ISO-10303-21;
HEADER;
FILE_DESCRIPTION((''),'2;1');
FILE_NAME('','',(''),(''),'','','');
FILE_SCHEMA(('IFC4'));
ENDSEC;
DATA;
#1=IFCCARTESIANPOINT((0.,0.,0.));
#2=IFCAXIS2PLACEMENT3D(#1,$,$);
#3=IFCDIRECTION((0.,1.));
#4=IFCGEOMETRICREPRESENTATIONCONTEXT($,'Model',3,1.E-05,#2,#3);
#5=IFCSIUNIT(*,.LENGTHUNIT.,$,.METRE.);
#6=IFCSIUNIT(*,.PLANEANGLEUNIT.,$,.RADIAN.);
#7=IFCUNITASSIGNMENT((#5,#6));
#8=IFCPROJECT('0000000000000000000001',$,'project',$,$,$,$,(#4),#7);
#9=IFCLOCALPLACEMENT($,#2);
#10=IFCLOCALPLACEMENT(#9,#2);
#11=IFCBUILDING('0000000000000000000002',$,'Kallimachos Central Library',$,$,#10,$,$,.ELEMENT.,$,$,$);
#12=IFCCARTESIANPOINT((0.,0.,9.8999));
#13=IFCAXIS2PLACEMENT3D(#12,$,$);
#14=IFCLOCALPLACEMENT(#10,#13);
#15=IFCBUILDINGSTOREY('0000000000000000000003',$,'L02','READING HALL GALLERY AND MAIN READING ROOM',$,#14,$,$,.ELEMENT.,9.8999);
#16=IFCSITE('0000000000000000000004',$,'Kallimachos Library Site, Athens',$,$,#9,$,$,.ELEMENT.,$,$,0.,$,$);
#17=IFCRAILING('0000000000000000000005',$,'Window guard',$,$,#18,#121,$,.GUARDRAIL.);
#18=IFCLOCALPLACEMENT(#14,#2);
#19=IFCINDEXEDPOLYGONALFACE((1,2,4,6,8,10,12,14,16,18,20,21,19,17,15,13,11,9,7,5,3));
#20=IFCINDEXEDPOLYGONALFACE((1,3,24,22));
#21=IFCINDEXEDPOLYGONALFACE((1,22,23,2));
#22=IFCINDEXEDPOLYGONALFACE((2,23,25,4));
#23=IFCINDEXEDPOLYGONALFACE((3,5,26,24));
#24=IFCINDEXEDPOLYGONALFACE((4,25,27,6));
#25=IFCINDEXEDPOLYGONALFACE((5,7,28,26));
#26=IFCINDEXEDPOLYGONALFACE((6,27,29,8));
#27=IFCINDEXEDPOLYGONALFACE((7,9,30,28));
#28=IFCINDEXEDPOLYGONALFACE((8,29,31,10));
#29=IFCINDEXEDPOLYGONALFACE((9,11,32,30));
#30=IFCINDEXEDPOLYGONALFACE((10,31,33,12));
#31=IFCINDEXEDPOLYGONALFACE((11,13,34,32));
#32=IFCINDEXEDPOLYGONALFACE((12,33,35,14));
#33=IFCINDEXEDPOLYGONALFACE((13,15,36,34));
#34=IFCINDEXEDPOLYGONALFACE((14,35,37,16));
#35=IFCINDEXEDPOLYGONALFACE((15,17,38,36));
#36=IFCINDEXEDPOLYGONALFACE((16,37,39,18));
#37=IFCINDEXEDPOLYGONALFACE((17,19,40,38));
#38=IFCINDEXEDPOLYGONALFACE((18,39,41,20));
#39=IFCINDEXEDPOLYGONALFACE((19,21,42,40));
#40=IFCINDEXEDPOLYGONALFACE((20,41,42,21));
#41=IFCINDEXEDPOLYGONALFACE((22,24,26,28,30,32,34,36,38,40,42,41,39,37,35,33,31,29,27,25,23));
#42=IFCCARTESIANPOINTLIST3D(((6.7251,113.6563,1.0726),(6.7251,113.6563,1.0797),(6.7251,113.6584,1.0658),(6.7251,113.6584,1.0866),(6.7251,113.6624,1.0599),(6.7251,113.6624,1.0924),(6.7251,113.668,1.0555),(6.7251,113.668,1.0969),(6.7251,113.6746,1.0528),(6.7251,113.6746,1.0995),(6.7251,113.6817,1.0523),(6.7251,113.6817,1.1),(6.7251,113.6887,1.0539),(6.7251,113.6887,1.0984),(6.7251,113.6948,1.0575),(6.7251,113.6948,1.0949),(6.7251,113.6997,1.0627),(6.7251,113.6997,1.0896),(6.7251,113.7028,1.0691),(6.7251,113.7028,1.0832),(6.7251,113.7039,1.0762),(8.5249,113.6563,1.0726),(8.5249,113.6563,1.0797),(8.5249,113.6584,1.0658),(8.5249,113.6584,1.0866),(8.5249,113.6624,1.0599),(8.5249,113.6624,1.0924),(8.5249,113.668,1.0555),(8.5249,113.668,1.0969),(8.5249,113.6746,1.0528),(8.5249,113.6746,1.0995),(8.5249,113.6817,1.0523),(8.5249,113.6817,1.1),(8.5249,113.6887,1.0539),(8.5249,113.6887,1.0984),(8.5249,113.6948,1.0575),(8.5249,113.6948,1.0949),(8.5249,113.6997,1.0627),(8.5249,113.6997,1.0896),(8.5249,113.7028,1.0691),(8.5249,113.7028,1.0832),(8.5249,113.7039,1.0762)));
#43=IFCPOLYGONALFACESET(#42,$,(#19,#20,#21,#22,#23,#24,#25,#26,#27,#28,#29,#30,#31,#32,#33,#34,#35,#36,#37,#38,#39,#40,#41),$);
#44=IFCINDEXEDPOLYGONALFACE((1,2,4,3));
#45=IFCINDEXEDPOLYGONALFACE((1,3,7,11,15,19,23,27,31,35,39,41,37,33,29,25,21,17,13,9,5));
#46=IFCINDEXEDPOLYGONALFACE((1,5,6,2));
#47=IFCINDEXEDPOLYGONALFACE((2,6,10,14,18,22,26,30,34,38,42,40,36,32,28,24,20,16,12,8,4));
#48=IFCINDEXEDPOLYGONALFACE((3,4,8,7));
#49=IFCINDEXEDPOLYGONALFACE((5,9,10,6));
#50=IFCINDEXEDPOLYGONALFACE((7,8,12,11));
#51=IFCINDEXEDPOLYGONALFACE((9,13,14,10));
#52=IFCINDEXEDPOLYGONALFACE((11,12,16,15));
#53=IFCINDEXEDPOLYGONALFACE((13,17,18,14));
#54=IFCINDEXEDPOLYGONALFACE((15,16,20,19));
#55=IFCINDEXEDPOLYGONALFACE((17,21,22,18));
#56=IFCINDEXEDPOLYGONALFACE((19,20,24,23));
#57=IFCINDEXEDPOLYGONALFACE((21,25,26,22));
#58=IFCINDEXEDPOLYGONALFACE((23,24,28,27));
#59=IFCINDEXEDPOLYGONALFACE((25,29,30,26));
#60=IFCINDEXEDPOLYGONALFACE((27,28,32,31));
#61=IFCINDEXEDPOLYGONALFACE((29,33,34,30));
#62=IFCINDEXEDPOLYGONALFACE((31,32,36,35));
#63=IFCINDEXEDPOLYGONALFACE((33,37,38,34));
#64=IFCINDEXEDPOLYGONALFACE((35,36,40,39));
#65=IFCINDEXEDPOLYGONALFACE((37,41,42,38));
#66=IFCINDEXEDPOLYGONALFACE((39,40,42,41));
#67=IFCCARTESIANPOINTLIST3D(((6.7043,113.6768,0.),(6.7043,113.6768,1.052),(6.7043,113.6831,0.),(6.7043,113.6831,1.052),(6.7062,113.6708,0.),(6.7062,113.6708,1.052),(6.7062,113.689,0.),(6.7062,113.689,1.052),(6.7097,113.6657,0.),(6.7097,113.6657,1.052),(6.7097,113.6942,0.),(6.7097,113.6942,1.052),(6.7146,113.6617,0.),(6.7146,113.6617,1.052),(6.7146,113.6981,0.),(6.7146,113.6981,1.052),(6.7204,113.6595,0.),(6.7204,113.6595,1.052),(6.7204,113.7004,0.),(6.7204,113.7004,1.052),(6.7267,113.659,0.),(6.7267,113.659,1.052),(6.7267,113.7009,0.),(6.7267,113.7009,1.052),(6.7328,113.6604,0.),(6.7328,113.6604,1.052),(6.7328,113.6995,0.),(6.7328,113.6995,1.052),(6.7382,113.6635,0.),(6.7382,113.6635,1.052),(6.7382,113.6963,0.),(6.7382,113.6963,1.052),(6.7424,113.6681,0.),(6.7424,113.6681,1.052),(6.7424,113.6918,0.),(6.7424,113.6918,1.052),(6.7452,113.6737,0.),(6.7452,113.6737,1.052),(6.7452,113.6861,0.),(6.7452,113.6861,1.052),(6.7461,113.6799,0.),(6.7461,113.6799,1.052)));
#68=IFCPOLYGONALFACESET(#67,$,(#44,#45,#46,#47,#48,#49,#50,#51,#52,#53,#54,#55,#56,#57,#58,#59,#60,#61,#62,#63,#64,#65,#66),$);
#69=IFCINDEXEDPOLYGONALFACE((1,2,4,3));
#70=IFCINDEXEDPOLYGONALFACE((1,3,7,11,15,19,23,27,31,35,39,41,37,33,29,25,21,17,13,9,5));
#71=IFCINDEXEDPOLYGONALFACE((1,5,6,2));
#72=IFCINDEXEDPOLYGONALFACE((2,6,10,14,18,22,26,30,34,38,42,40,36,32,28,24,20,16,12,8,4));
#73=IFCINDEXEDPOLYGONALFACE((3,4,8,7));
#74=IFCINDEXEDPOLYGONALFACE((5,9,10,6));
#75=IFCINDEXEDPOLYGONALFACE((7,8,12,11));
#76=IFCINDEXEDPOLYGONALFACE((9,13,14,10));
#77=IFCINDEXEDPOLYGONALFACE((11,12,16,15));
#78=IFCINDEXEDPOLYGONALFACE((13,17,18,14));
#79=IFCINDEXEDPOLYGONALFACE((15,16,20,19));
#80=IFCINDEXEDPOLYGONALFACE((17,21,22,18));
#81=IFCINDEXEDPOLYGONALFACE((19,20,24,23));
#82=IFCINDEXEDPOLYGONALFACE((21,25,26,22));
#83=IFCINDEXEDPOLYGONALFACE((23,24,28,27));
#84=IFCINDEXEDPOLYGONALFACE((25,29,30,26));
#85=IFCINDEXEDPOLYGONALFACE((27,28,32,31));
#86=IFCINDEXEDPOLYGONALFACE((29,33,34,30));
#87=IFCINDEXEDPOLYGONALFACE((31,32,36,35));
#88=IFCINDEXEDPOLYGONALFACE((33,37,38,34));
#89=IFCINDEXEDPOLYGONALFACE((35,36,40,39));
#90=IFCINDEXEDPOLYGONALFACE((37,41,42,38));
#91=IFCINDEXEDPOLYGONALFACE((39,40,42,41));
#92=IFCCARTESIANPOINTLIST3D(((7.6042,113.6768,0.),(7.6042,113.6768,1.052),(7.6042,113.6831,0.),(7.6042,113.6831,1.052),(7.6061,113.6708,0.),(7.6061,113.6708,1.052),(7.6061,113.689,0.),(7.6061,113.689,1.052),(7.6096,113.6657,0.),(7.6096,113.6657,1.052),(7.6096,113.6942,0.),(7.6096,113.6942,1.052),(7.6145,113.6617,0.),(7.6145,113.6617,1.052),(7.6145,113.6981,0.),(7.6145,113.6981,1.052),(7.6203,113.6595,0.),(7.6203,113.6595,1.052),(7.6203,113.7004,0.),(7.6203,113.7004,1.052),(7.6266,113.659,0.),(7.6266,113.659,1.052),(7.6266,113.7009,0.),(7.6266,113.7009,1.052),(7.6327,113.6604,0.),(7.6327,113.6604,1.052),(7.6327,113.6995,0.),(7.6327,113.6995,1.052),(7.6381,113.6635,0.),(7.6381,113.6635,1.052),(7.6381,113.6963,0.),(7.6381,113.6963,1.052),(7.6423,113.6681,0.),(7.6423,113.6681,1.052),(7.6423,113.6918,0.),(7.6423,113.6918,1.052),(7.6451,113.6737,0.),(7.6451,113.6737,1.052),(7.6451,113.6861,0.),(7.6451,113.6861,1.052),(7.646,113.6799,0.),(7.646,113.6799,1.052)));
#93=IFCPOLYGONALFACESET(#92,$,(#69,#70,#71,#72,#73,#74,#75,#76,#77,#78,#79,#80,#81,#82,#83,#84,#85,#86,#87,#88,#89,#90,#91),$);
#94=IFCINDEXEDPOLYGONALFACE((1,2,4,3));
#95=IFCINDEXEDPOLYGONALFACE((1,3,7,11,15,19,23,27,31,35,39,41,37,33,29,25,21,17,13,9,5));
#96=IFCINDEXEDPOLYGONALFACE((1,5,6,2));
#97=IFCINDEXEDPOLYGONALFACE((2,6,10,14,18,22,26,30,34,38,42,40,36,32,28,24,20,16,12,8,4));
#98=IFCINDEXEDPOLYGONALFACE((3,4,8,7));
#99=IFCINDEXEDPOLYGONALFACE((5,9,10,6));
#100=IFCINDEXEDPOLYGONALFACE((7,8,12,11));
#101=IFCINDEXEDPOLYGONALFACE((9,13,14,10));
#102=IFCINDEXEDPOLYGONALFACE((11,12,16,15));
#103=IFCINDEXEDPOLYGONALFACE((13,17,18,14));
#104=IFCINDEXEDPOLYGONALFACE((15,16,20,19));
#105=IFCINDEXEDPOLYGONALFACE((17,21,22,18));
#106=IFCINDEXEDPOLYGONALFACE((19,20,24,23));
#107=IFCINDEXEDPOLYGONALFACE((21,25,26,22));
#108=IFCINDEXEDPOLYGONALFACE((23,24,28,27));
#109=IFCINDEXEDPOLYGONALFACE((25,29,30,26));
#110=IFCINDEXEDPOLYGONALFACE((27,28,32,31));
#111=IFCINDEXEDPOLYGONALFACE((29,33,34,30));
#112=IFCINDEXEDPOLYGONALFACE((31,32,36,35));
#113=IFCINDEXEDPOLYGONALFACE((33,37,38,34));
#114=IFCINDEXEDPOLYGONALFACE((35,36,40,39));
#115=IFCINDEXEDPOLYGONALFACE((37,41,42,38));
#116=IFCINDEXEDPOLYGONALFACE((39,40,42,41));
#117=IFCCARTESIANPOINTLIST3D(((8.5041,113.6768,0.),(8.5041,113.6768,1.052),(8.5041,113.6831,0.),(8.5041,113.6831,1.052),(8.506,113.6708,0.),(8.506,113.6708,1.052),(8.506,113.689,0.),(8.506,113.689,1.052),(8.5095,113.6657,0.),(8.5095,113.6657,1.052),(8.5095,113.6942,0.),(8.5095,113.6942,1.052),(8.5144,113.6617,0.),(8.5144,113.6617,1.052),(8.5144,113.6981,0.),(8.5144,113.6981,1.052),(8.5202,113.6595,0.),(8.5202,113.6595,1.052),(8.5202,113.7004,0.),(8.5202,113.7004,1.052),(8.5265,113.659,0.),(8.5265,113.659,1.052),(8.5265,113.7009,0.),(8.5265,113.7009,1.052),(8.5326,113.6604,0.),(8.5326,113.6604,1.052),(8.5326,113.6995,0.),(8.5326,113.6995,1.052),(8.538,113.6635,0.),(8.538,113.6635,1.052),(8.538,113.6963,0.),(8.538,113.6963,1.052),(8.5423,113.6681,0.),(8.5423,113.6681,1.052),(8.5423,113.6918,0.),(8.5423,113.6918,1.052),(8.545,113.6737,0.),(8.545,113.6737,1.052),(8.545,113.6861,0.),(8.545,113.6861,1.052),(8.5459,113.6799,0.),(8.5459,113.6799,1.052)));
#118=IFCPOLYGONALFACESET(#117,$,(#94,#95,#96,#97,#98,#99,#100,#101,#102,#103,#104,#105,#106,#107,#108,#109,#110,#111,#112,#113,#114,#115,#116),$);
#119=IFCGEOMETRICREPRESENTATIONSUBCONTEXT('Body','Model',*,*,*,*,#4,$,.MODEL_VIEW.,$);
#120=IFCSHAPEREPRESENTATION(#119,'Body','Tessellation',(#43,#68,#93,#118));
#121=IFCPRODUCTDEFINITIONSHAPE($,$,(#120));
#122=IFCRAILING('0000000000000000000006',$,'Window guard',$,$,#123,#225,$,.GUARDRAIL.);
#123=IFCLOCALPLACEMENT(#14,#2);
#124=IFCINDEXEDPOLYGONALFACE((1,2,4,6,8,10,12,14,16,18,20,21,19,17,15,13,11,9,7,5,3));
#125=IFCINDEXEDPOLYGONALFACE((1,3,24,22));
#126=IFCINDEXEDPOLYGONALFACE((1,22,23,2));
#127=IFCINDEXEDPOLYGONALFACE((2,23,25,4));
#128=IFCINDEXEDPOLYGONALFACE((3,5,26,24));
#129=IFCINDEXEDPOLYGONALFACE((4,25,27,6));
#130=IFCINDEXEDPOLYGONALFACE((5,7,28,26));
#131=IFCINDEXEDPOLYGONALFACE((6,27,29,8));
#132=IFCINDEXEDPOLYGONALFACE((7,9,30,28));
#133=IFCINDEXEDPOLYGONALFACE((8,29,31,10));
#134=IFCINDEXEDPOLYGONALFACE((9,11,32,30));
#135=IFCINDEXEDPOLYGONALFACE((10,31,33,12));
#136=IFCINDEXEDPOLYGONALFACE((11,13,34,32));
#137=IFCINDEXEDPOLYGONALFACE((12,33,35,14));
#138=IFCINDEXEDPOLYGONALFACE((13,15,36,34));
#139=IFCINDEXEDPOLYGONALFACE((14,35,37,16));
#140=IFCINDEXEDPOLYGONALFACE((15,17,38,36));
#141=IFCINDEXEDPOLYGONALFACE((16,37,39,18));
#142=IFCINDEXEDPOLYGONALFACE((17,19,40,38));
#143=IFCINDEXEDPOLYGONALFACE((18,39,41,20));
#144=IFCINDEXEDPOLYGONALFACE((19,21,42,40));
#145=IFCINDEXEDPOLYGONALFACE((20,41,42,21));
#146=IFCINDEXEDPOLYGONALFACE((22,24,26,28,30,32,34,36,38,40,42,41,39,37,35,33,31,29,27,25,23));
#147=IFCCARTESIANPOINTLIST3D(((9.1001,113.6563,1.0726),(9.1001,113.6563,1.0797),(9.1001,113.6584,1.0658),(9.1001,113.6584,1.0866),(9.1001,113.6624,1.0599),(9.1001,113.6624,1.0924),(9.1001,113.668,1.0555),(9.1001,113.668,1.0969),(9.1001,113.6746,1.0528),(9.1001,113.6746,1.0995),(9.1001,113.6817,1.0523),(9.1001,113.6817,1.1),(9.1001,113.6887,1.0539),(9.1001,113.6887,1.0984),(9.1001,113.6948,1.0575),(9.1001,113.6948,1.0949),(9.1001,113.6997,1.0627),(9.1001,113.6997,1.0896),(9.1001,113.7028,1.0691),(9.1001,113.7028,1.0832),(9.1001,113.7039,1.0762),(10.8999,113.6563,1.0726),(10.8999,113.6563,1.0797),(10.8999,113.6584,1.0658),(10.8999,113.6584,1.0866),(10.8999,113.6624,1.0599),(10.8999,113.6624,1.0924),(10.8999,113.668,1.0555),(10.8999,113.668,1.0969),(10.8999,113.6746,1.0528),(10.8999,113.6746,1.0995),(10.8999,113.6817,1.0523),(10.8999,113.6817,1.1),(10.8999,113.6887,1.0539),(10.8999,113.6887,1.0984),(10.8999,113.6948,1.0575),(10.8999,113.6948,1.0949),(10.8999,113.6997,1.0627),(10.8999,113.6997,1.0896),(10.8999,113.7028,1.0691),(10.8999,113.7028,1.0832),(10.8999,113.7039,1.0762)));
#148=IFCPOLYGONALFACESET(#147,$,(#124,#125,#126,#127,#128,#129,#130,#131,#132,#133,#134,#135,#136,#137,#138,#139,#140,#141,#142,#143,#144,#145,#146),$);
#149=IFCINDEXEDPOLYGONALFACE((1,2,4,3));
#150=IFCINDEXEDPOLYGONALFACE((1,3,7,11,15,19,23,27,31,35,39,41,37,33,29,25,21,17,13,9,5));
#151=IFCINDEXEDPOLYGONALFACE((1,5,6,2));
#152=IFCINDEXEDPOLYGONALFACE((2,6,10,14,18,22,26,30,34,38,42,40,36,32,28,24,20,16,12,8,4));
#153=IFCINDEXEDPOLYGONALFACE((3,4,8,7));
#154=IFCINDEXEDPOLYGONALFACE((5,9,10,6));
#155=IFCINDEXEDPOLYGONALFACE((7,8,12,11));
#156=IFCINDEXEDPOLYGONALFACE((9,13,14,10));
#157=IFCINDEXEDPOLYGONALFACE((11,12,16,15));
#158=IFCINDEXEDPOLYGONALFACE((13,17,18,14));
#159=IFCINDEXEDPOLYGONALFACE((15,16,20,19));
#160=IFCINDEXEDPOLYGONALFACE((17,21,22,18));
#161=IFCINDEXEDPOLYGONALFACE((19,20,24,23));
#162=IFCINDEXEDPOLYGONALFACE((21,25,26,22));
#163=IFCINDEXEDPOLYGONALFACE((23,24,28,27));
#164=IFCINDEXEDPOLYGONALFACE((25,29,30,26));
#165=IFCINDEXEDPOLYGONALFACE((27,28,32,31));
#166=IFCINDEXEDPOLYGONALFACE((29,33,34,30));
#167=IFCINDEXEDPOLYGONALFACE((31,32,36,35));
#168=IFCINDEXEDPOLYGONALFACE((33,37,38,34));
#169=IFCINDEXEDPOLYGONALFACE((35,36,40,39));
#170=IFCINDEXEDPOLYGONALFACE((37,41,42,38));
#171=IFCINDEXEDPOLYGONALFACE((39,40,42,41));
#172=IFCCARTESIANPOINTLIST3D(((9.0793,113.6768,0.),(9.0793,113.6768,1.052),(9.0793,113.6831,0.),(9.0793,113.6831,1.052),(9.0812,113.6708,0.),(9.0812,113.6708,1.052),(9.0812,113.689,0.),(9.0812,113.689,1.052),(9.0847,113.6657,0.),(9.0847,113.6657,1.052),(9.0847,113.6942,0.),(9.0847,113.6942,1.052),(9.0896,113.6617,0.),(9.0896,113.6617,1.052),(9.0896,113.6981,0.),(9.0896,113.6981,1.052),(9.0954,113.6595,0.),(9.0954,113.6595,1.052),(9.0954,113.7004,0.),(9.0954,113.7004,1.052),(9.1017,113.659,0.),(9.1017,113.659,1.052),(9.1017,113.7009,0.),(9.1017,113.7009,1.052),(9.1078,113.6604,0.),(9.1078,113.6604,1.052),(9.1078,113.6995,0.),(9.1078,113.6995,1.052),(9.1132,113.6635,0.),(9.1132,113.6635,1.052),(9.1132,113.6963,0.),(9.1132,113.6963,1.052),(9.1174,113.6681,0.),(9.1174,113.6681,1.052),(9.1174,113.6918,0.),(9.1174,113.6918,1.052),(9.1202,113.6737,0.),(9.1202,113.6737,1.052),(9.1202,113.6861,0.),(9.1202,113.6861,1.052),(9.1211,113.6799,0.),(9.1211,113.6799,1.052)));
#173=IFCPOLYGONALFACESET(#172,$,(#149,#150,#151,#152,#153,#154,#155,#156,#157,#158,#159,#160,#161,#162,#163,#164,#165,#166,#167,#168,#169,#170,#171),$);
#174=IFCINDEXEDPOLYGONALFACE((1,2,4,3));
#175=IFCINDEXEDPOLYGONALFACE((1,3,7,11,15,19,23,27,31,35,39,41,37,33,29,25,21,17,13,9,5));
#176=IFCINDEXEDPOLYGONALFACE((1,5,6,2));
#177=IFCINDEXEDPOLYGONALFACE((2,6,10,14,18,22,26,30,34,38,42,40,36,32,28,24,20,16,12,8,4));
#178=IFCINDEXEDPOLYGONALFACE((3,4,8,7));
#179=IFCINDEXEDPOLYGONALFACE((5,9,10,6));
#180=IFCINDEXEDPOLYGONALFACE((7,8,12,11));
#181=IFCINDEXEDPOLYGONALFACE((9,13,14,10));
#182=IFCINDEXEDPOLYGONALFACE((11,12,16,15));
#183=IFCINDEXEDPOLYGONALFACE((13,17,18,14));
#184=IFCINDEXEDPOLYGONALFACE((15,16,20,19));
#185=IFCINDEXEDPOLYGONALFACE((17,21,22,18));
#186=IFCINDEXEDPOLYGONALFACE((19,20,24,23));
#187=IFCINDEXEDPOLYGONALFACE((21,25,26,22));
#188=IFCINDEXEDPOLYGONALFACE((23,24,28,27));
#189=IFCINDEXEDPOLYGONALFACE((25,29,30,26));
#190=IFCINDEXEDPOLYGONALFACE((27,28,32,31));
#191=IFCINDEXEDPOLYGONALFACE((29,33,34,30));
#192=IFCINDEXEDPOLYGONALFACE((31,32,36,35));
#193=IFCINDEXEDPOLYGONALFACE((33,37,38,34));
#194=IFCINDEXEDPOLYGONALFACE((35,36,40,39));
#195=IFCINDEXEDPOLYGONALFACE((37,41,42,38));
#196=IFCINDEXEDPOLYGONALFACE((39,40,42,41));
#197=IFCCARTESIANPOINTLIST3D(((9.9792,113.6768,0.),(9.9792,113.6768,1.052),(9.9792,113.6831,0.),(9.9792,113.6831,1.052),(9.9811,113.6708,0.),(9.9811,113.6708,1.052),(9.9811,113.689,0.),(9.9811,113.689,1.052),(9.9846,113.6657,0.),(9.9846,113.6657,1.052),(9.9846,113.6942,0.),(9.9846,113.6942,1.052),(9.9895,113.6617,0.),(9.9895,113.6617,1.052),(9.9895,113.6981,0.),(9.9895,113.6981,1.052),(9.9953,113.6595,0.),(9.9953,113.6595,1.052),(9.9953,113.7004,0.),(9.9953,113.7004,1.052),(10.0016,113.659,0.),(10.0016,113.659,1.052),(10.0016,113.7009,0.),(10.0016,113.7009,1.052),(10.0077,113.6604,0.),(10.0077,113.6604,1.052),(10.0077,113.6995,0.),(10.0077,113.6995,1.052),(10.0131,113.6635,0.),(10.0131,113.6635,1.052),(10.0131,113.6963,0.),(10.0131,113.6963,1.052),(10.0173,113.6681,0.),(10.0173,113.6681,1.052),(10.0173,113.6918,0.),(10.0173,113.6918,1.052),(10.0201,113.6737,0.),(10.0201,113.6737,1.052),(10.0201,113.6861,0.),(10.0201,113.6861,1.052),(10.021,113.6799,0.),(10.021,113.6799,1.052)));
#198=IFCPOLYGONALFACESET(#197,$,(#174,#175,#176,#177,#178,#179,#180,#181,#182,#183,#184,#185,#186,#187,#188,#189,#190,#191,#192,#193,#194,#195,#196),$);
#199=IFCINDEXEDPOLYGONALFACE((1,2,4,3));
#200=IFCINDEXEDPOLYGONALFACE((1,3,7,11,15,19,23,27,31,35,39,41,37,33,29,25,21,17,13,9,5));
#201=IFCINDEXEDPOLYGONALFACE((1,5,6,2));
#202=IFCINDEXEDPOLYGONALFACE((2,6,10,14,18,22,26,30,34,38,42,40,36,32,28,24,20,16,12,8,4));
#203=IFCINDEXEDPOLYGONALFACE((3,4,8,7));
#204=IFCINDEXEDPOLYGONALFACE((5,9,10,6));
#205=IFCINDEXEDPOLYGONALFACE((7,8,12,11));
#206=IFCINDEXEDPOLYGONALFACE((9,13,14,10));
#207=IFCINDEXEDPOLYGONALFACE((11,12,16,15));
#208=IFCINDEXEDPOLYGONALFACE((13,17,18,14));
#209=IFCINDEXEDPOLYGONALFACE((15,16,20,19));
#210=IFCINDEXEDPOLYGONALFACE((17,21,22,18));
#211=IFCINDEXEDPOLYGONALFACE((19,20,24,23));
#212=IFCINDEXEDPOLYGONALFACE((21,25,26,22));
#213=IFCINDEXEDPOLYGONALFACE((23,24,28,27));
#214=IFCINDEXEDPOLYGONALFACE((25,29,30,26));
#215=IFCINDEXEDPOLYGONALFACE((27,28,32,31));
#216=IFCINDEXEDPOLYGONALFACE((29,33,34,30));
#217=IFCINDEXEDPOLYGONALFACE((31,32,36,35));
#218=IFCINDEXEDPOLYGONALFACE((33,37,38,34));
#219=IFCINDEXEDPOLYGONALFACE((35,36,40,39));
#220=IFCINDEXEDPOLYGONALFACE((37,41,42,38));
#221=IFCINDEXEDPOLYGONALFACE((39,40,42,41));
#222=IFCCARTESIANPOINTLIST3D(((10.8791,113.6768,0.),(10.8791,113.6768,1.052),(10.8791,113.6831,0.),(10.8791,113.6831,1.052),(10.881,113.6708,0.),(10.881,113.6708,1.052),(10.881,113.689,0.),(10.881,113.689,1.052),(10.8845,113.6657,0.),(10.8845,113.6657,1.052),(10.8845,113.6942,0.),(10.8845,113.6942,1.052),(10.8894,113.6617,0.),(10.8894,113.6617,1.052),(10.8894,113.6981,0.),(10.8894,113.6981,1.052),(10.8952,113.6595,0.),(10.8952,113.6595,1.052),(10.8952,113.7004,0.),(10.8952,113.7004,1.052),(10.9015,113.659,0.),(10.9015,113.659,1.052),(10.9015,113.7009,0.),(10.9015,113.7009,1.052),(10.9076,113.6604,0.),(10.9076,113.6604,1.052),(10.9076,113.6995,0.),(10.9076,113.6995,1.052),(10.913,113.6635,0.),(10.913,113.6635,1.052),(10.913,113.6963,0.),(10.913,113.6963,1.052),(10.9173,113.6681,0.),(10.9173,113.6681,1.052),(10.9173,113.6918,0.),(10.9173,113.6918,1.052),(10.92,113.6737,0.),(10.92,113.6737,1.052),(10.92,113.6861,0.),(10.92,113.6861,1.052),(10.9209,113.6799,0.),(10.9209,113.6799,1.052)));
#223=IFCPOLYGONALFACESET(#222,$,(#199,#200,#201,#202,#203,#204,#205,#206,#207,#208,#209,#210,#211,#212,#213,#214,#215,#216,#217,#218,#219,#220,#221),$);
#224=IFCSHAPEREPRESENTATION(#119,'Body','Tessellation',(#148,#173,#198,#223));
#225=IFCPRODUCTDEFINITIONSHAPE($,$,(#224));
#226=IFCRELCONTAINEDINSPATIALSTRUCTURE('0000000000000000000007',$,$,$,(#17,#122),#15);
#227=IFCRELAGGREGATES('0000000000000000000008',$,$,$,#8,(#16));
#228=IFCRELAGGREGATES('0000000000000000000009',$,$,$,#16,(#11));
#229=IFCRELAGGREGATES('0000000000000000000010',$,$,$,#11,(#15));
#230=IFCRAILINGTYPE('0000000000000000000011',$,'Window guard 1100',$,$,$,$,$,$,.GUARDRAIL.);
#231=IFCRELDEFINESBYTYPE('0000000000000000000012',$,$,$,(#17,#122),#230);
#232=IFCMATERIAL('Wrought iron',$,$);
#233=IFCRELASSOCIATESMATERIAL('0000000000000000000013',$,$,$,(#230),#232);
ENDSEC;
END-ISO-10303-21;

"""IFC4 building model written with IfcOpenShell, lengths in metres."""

from ifc_helpers import new_model, si_unit, direction, frame, origin, origin_2d, place, context, subcontext, project, spatial, circle, extrude, material, type_object, element, save


model = new_model("IFC4")

# Units and contexts
model_context = context("Model", 3, precision=1e-05, world=origin(), true_north=direction((0.0, 1.0)))
body_context = subcontext(model_context, "Body", "Model", "MODEL_VIEW")
ifc_project = project(units=[si_unit("LENGTHUNIT", "METRE"), si_unit("PLANEANGLEUNIT", "RADIAN")], contexts=[model_context])

# Site, building, storey
site_placement = place(None, origin())
site = spatial("IfcSite", under=ifc_project, at=site_placement, Name="Kallimachos Library Site, Athens", CompositionType="ELEMENT", RefElevation=0.0)
building_placement = place(site_placement, origin())
building = spatial("IfcBuilding", under=site, at=building_placement, Name="Kallimachos Central Library", CompositionType="ELEMENT")
storey_placement = place(building_placement, frame((0.0, 0.0, 9.8999)))
storey = spatial("IfcBuildingStorey", under=building, at=storey_placement, Name="L02", Description="READING HALL GALLERY AND MAIN READING ROOM", CompositionType="ELEMENT", Elevation=9.8999)

# Railings
ifc_material_1 = material(Name="Wrought iron")
railing_type = type_object("IfcRailingType", Name="Window guard 1100", PredefinedType="GUARDRAIL", material=ifc_material_1)
for number, where, name in (
    (1, (6.7251, 113.6799, 0.0), "Window guard"),
    (2, (9.1001, 113.6799, 0.0), "Window guard"),
):
    element("IfcRailing", number, at=place(storey_placement, frame(where)), inside=storey, type_object=railing_type, Name=name, PredefinedType="GUARDRAIL", context=body_context, shape_type="SweptSolid", body=[
        extrude(circle(Radius=0.0239, at=origin_2d()), frame((0.0, 0.0, 1.0762), z_axis=(1.0, 0.0, 0.0), x_axis=(0.0, 1.0, 0.0)), (0.0, 0.0, 1.0), 1.7998),
        extrude(circle(Radius=0.021, at=origin_2d()), origin(), (0.0, 0.0, 1.0), 1.052),
        extrude(circle(Radius=0.021, at=origin_2d()), frame((0.8999, 0.0, 0.0)), (0.0, 0.0, 1.0), 1.052),
        extrude(circle(Radius=0.021, at=origin_2d()), frame((1.7998, 0.0, 0.0)), (0.0, 0.0, 1.0), 1.052),
    ])

save(model, "model.ifc")
